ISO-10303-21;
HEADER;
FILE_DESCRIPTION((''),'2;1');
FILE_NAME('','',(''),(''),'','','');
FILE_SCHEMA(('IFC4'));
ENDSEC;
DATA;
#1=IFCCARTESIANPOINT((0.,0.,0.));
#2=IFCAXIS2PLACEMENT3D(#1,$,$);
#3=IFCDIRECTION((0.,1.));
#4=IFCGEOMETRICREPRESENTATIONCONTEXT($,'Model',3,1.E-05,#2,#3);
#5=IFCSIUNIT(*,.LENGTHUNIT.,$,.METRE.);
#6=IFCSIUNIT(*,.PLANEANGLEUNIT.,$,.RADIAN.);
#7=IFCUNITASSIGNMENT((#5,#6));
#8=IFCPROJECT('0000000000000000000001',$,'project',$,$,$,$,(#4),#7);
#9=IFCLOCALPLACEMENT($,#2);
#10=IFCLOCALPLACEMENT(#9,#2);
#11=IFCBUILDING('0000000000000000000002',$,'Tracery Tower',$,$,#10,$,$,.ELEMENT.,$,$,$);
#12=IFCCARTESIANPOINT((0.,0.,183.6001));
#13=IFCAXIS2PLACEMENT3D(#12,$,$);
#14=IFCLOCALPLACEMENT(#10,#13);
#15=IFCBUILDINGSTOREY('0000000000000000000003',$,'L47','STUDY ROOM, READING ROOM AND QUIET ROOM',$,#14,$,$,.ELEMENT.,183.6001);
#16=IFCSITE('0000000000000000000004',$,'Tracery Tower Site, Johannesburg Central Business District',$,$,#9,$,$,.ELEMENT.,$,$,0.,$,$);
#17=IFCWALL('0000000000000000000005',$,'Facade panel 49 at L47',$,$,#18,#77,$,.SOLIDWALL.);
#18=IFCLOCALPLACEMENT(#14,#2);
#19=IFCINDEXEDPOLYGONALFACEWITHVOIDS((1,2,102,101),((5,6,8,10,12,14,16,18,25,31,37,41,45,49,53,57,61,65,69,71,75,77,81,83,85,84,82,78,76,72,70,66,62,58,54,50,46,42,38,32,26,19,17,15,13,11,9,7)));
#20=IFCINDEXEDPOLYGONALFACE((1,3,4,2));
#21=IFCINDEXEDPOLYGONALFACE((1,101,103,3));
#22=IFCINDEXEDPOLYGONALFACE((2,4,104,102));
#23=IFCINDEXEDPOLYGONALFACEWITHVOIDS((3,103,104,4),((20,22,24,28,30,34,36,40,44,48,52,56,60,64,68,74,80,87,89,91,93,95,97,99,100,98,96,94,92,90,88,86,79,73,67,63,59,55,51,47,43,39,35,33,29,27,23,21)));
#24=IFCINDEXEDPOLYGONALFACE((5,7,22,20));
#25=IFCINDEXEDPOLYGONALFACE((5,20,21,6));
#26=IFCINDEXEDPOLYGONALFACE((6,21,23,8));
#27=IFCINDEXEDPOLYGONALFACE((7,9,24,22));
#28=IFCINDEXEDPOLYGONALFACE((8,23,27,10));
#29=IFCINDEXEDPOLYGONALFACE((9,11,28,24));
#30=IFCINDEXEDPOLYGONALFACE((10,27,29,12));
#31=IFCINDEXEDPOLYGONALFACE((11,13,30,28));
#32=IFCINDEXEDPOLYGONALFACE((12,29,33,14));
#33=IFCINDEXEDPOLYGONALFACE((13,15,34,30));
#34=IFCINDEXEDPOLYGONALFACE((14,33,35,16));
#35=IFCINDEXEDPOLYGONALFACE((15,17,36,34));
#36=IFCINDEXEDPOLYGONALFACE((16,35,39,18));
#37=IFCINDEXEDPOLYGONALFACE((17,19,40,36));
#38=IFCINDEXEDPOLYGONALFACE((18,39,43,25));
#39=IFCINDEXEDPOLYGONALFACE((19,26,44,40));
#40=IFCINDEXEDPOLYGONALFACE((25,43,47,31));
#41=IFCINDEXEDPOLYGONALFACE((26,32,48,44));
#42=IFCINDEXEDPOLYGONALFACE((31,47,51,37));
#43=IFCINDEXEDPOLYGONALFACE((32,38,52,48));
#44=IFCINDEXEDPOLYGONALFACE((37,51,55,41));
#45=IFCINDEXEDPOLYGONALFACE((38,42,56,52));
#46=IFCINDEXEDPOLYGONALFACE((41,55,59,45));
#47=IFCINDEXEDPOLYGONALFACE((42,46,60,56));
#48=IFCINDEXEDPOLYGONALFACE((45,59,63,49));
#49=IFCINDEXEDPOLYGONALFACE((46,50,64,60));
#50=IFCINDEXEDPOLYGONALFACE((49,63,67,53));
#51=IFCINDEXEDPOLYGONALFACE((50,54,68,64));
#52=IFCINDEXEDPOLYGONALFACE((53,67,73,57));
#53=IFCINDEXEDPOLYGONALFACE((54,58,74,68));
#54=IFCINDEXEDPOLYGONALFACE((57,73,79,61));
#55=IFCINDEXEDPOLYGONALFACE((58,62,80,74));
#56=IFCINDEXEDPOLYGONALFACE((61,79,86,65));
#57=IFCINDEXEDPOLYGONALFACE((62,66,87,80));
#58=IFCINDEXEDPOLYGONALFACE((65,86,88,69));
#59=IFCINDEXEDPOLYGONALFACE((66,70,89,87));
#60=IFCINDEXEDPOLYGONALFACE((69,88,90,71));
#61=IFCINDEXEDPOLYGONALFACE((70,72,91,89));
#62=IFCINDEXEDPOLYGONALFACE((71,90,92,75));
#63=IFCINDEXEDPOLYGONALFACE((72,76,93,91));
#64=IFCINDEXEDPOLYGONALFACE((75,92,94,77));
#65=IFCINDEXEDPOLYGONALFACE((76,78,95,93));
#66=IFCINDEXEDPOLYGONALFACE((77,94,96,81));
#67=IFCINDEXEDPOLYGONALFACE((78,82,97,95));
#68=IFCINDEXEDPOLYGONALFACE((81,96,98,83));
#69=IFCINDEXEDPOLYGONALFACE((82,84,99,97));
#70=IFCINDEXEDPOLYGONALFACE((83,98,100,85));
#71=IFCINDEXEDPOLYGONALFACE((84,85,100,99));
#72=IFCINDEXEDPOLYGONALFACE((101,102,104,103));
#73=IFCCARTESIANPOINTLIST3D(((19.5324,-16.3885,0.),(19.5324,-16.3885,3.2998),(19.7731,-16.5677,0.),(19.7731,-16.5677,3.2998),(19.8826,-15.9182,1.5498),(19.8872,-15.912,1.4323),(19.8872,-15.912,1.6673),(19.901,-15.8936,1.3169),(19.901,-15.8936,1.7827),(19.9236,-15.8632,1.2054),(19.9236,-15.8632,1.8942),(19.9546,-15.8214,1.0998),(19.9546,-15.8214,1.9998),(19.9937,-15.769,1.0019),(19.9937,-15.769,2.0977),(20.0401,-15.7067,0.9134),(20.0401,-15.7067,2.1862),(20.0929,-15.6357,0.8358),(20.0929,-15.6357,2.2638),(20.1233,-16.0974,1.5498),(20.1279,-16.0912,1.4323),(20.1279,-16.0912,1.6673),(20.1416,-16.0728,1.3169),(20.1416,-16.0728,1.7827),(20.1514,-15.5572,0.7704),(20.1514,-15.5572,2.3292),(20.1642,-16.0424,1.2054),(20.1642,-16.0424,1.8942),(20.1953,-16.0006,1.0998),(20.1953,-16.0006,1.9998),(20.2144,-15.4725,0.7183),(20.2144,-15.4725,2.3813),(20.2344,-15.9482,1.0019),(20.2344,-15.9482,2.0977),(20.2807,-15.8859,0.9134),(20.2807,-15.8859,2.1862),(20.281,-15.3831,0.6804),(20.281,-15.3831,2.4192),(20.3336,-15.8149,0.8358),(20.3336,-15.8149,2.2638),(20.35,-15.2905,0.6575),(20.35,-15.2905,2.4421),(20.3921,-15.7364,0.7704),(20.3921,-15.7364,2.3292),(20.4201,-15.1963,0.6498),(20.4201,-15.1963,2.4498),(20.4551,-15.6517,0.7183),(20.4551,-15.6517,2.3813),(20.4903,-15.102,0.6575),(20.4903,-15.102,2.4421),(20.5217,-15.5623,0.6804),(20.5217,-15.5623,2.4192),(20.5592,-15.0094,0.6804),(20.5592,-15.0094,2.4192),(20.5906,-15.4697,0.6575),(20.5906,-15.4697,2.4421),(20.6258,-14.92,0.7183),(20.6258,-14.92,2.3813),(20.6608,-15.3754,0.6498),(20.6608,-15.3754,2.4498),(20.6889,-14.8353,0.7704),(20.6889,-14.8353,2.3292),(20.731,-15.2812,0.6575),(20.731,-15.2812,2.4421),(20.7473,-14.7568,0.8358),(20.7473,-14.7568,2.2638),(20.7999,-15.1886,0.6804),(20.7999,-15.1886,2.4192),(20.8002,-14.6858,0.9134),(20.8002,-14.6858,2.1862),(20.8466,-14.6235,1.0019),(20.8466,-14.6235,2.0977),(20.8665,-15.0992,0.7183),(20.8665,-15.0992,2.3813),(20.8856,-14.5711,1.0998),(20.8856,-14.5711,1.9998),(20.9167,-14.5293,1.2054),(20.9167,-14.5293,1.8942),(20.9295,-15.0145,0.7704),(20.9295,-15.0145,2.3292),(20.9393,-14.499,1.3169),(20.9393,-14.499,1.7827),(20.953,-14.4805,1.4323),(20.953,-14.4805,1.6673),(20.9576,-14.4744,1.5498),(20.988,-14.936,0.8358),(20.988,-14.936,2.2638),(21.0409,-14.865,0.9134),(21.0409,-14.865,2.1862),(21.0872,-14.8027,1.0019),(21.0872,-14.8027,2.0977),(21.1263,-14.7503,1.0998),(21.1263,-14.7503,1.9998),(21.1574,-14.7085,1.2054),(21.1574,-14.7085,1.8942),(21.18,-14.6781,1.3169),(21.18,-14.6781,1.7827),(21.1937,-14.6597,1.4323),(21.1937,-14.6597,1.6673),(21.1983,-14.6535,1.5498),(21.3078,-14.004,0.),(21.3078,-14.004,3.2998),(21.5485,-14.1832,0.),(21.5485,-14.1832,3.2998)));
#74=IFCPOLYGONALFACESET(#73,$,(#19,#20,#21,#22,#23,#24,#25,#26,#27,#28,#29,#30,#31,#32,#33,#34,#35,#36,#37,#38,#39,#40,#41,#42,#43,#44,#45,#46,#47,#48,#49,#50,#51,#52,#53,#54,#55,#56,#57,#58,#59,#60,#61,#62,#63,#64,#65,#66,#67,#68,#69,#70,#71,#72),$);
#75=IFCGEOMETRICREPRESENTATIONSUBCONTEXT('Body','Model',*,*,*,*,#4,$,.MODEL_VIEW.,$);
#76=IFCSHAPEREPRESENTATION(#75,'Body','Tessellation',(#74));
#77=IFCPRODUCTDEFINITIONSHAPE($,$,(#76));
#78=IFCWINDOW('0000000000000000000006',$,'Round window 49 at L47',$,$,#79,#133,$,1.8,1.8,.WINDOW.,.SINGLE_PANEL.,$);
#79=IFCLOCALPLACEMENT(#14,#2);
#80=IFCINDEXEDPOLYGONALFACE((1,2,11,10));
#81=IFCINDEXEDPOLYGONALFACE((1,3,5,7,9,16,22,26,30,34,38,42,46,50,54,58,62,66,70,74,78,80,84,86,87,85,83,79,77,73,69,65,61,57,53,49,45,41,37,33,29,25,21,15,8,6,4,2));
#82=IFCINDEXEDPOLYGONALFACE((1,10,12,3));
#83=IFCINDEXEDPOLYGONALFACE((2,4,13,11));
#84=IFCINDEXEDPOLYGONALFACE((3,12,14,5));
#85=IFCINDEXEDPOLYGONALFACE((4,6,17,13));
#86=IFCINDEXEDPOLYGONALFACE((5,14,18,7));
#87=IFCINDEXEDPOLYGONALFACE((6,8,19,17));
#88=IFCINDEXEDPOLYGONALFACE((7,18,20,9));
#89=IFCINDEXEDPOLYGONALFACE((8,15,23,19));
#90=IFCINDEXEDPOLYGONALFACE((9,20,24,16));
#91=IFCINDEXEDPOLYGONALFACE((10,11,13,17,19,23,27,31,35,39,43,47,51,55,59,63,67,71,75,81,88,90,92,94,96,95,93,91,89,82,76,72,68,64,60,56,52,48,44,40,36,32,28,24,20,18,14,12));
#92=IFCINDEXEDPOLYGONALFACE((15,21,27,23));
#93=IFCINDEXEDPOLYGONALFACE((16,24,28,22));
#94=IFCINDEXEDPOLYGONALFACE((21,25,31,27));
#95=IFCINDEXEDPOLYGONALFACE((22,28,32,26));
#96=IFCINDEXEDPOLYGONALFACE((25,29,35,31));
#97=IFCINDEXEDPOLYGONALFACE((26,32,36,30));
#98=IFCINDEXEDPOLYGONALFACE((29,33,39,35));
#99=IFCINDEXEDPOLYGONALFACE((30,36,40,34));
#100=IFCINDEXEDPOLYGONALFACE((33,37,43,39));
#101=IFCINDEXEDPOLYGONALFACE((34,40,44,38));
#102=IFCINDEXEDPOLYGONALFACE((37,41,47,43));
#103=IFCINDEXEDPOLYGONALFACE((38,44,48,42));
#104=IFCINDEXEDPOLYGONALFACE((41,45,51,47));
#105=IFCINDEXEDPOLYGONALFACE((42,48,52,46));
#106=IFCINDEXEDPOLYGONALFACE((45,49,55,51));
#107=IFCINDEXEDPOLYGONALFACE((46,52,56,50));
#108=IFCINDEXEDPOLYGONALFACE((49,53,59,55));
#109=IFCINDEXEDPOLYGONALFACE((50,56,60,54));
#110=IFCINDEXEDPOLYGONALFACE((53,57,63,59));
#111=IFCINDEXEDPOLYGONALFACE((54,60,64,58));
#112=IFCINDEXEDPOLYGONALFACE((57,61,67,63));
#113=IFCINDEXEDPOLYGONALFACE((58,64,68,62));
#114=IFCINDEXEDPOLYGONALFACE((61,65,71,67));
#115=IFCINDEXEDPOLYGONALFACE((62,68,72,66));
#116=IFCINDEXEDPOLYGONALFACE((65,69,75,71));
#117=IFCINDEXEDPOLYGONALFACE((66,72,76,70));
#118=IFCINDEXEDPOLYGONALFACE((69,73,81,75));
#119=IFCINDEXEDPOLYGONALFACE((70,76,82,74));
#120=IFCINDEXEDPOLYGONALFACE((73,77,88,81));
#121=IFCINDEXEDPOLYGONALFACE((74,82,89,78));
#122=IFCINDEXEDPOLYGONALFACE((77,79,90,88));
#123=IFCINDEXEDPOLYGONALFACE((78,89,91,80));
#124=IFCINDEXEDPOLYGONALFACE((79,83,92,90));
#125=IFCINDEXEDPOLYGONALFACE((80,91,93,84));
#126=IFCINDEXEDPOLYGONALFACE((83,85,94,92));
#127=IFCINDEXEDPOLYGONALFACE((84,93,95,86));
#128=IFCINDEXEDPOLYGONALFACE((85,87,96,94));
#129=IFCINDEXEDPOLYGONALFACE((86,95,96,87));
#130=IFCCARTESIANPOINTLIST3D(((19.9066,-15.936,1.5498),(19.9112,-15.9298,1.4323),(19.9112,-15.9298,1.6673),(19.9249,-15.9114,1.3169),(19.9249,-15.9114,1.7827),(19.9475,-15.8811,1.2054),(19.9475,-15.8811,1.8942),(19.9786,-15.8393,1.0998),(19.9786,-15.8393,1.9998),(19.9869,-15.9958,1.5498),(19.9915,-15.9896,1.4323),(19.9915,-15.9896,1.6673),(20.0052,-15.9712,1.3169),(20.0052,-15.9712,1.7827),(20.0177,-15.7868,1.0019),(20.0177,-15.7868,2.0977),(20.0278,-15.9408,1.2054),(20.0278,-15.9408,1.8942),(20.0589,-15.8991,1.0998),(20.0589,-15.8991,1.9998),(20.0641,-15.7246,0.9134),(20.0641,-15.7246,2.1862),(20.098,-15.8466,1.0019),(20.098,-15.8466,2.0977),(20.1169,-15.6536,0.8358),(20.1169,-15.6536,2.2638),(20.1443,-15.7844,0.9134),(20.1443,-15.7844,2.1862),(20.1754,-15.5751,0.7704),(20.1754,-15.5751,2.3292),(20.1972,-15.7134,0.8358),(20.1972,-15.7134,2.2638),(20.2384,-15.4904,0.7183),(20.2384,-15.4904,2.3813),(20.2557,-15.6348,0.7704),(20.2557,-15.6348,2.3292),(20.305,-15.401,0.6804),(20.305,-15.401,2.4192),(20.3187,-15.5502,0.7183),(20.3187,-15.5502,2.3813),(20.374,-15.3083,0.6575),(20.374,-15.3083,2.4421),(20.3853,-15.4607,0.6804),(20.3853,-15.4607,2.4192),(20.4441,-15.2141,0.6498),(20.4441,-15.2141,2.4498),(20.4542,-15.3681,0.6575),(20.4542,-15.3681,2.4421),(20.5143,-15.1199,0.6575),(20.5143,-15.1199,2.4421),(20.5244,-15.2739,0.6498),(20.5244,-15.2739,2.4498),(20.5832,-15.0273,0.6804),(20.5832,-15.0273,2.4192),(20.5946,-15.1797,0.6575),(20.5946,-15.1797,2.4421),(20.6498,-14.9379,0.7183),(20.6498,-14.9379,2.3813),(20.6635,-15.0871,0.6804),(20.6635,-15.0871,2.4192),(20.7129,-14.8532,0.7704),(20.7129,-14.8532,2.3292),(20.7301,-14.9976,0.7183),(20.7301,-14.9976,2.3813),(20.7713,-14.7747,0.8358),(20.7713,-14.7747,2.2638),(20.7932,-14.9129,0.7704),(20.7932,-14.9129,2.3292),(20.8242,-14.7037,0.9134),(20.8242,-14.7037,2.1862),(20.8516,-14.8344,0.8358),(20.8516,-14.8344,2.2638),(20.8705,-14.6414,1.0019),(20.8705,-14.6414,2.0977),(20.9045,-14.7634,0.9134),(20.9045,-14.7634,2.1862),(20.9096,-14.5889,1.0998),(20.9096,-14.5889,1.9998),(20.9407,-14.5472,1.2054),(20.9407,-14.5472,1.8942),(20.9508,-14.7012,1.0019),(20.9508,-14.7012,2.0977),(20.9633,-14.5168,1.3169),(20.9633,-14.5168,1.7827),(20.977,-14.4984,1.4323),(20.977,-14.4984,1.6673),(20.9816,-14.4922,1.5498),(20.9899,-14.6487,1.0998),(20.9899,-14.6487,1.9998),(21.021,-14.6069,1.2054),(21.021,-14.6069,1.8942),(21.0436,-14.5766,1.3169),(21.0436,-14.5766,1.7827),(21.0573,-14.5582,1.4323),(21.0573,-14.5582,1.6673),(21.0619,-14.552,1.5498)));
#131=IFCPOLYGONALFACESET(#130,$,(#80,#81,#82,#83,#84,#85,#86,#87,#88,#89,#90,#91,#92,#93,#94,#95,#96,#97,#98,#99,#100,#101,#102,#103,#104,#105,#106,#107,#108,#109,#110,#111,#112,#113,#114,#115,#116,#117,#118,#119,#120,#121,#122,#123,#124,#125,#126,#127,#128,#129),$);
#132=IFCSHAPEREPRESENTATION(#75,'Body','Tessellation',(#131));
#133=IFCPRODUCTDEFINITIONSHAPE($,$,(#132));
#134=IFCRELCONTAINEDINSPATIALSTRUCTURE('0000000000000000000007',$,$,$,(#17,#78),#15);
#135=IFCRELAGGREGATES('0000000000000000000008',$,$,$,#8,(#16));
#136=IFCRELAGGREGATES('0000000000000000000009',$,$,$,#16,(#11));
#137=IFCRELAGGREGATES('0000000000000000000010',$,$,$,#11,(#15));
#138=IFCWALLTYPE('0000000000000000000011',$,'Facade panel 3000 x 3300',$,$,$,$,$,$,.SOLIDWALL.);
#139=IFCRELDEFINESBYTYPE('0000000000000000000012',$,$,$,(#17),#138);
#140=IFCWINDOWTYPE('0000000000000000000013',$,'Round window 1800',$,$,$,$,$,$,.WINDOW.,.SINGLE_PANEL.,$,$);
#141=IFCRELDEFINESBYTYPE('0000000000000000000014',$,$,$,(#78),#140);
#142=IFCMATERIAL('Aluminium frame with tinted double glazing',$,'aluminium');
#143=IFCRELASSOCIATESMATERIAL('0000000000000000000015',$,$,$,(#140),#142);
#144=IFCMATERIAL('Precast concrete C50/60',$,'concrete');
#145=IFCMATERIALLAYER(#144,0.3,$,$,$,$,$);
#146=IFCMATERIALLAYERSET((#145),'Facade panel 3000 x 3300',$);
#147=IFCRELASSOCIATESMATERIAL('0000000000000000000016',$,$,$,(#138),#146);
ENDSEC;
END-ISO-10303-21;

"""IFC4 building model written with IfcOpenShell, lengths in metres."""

from ifc_helpers import new_model, si_unit, direction, frame, frame_2d, origin, origin_2d, place, context, subcontext, project, spatial, rectangle, circle, extrude, material, layer, layer_set, type_object, element, fill, save


model = new_model("IFC4")

# Units and contexts
model_context = context("Model", 3, precision=1e-05, world=origin(), true_north=direction((0.0, 1.0)))
body_context = subcontext(model_context, "Body", "Model", "MODEL_VIEW")
ifc_project = project(units=[si_unit("LENGTHUNIT", "METRE"), si_unit("PLANEANGLEUNIT", "RADIAN")], contexts=[model_context])

# Site, building, storey
site_placement = place(None, origin())
site = spatial("IfcSite", under=ifc_project, at=site_placement, Name="Tracery Tower Site, Johannesburg Central Business District", CompositionType="ELEMENT", RefElevation=0.0)
building_placement = place(site_placement, origin())
building = spatial("IfcBuilding", under=site, at=building_placement, Name="Tracery Tower", CompositionType="ELEMENT")
storey_placement = place(building_placement, frame((0.0, 0.0, 183.6001)))
storey = spatial("IfcBuildingStorey", under=building, at=storey_placement, Name="L47", Description="STUDY ROOM, READING ROOM AND QUIET ROOM", CompositionType="ELEMENT", Elevation=183.6001)

# Wall, opening, window
ifc_material_1 = material(Name="Aluminium frame with tinted double glazing", Category="aluminium")
window_type = type_object("IfcWindowType", Name="Round window 1800", PartitioningType="SINGLE_PANEL", PredefinedType="WINDOW", material=ifc_material_1)
ifc_material_2 = material(Name="Precast concrete C50/60", Category="concrete")
ifc_layer_1 = layer(ifc_material_2, 0.3)
ifc_layer_set_1 = layer_set([ifc_layer_1], Name="Facade panel 3000 x 3300")
wall_type_1 = type_object("IfcWallType", Name="Facade panel 3000 x 3300", PredefinedType="SOLIDWALL", material=ifc_layer_set_1)
wall_1_placement = place(storey_placement, frame((19.6528, -16.478, 0.0), z_axis=(0.0, 0.0, 1.0), x_axis=(0.597198, 0.802094, 0.0)))
wall_1 = element("IfcWall", 1, at=wall_1_placement, inside=storey, type_object=wall_type_1, Name="Facade panel 49 at L47", PredefinedType="SOLIDWALL", context=body_context, shape_type="SweptSolid", body=[
    extrude(rectangle(XDim=2.9729, YDim=0.3, at=frame_2d((1.4863, 0.0))), origin(), (0.0, 0.0, 1.0), 3.2998),
])
opening_1_placement = place(wall_1_placement, frame((1.4863, 0.0, 1.5498)))
opening_1 = element("IfcOpeningElement", 2, at=opening_1_placement, cuts=wall_1, PredefinedType="OPENING", context=body_context, shape_type="SweptSolid", body=[
    extrude(circle(Radius=0.9, at=origin_2d()), frame((0.0, 0.1599, 0.0), z_axis=(0.0, -1.0, 0.0), x_axis=(1.0, 0.0, 0.0)), (0.0, 0.0, 1.0), 0.3201),
])
window_1_placement = place(opening_1_placement, origin())
window_1 = element("IfcWindow", 3, at=window_1_placement, inside=storey, type_object=window_type, Name="Round window 49 at L47", OverallHeight=1.8, OverallWidth=1.8, PartitioningType="SINGLE_PANEL", PredefinedType="WINDOW", context=body_context, shape_type="SweptSolid", body=[
    extrude(circle(Radius=0.9, at=origin_2d()), frame((0.0, 0.1201, 0.0), z_axis=(0.0, -1.0, 0.0), x_axis=(1.0, 0.0, 0.0)), (0.0, 0.0, 1.0), 0.1001),
])
fill(opening_1, window_1)

save(model, "model.ifc")
